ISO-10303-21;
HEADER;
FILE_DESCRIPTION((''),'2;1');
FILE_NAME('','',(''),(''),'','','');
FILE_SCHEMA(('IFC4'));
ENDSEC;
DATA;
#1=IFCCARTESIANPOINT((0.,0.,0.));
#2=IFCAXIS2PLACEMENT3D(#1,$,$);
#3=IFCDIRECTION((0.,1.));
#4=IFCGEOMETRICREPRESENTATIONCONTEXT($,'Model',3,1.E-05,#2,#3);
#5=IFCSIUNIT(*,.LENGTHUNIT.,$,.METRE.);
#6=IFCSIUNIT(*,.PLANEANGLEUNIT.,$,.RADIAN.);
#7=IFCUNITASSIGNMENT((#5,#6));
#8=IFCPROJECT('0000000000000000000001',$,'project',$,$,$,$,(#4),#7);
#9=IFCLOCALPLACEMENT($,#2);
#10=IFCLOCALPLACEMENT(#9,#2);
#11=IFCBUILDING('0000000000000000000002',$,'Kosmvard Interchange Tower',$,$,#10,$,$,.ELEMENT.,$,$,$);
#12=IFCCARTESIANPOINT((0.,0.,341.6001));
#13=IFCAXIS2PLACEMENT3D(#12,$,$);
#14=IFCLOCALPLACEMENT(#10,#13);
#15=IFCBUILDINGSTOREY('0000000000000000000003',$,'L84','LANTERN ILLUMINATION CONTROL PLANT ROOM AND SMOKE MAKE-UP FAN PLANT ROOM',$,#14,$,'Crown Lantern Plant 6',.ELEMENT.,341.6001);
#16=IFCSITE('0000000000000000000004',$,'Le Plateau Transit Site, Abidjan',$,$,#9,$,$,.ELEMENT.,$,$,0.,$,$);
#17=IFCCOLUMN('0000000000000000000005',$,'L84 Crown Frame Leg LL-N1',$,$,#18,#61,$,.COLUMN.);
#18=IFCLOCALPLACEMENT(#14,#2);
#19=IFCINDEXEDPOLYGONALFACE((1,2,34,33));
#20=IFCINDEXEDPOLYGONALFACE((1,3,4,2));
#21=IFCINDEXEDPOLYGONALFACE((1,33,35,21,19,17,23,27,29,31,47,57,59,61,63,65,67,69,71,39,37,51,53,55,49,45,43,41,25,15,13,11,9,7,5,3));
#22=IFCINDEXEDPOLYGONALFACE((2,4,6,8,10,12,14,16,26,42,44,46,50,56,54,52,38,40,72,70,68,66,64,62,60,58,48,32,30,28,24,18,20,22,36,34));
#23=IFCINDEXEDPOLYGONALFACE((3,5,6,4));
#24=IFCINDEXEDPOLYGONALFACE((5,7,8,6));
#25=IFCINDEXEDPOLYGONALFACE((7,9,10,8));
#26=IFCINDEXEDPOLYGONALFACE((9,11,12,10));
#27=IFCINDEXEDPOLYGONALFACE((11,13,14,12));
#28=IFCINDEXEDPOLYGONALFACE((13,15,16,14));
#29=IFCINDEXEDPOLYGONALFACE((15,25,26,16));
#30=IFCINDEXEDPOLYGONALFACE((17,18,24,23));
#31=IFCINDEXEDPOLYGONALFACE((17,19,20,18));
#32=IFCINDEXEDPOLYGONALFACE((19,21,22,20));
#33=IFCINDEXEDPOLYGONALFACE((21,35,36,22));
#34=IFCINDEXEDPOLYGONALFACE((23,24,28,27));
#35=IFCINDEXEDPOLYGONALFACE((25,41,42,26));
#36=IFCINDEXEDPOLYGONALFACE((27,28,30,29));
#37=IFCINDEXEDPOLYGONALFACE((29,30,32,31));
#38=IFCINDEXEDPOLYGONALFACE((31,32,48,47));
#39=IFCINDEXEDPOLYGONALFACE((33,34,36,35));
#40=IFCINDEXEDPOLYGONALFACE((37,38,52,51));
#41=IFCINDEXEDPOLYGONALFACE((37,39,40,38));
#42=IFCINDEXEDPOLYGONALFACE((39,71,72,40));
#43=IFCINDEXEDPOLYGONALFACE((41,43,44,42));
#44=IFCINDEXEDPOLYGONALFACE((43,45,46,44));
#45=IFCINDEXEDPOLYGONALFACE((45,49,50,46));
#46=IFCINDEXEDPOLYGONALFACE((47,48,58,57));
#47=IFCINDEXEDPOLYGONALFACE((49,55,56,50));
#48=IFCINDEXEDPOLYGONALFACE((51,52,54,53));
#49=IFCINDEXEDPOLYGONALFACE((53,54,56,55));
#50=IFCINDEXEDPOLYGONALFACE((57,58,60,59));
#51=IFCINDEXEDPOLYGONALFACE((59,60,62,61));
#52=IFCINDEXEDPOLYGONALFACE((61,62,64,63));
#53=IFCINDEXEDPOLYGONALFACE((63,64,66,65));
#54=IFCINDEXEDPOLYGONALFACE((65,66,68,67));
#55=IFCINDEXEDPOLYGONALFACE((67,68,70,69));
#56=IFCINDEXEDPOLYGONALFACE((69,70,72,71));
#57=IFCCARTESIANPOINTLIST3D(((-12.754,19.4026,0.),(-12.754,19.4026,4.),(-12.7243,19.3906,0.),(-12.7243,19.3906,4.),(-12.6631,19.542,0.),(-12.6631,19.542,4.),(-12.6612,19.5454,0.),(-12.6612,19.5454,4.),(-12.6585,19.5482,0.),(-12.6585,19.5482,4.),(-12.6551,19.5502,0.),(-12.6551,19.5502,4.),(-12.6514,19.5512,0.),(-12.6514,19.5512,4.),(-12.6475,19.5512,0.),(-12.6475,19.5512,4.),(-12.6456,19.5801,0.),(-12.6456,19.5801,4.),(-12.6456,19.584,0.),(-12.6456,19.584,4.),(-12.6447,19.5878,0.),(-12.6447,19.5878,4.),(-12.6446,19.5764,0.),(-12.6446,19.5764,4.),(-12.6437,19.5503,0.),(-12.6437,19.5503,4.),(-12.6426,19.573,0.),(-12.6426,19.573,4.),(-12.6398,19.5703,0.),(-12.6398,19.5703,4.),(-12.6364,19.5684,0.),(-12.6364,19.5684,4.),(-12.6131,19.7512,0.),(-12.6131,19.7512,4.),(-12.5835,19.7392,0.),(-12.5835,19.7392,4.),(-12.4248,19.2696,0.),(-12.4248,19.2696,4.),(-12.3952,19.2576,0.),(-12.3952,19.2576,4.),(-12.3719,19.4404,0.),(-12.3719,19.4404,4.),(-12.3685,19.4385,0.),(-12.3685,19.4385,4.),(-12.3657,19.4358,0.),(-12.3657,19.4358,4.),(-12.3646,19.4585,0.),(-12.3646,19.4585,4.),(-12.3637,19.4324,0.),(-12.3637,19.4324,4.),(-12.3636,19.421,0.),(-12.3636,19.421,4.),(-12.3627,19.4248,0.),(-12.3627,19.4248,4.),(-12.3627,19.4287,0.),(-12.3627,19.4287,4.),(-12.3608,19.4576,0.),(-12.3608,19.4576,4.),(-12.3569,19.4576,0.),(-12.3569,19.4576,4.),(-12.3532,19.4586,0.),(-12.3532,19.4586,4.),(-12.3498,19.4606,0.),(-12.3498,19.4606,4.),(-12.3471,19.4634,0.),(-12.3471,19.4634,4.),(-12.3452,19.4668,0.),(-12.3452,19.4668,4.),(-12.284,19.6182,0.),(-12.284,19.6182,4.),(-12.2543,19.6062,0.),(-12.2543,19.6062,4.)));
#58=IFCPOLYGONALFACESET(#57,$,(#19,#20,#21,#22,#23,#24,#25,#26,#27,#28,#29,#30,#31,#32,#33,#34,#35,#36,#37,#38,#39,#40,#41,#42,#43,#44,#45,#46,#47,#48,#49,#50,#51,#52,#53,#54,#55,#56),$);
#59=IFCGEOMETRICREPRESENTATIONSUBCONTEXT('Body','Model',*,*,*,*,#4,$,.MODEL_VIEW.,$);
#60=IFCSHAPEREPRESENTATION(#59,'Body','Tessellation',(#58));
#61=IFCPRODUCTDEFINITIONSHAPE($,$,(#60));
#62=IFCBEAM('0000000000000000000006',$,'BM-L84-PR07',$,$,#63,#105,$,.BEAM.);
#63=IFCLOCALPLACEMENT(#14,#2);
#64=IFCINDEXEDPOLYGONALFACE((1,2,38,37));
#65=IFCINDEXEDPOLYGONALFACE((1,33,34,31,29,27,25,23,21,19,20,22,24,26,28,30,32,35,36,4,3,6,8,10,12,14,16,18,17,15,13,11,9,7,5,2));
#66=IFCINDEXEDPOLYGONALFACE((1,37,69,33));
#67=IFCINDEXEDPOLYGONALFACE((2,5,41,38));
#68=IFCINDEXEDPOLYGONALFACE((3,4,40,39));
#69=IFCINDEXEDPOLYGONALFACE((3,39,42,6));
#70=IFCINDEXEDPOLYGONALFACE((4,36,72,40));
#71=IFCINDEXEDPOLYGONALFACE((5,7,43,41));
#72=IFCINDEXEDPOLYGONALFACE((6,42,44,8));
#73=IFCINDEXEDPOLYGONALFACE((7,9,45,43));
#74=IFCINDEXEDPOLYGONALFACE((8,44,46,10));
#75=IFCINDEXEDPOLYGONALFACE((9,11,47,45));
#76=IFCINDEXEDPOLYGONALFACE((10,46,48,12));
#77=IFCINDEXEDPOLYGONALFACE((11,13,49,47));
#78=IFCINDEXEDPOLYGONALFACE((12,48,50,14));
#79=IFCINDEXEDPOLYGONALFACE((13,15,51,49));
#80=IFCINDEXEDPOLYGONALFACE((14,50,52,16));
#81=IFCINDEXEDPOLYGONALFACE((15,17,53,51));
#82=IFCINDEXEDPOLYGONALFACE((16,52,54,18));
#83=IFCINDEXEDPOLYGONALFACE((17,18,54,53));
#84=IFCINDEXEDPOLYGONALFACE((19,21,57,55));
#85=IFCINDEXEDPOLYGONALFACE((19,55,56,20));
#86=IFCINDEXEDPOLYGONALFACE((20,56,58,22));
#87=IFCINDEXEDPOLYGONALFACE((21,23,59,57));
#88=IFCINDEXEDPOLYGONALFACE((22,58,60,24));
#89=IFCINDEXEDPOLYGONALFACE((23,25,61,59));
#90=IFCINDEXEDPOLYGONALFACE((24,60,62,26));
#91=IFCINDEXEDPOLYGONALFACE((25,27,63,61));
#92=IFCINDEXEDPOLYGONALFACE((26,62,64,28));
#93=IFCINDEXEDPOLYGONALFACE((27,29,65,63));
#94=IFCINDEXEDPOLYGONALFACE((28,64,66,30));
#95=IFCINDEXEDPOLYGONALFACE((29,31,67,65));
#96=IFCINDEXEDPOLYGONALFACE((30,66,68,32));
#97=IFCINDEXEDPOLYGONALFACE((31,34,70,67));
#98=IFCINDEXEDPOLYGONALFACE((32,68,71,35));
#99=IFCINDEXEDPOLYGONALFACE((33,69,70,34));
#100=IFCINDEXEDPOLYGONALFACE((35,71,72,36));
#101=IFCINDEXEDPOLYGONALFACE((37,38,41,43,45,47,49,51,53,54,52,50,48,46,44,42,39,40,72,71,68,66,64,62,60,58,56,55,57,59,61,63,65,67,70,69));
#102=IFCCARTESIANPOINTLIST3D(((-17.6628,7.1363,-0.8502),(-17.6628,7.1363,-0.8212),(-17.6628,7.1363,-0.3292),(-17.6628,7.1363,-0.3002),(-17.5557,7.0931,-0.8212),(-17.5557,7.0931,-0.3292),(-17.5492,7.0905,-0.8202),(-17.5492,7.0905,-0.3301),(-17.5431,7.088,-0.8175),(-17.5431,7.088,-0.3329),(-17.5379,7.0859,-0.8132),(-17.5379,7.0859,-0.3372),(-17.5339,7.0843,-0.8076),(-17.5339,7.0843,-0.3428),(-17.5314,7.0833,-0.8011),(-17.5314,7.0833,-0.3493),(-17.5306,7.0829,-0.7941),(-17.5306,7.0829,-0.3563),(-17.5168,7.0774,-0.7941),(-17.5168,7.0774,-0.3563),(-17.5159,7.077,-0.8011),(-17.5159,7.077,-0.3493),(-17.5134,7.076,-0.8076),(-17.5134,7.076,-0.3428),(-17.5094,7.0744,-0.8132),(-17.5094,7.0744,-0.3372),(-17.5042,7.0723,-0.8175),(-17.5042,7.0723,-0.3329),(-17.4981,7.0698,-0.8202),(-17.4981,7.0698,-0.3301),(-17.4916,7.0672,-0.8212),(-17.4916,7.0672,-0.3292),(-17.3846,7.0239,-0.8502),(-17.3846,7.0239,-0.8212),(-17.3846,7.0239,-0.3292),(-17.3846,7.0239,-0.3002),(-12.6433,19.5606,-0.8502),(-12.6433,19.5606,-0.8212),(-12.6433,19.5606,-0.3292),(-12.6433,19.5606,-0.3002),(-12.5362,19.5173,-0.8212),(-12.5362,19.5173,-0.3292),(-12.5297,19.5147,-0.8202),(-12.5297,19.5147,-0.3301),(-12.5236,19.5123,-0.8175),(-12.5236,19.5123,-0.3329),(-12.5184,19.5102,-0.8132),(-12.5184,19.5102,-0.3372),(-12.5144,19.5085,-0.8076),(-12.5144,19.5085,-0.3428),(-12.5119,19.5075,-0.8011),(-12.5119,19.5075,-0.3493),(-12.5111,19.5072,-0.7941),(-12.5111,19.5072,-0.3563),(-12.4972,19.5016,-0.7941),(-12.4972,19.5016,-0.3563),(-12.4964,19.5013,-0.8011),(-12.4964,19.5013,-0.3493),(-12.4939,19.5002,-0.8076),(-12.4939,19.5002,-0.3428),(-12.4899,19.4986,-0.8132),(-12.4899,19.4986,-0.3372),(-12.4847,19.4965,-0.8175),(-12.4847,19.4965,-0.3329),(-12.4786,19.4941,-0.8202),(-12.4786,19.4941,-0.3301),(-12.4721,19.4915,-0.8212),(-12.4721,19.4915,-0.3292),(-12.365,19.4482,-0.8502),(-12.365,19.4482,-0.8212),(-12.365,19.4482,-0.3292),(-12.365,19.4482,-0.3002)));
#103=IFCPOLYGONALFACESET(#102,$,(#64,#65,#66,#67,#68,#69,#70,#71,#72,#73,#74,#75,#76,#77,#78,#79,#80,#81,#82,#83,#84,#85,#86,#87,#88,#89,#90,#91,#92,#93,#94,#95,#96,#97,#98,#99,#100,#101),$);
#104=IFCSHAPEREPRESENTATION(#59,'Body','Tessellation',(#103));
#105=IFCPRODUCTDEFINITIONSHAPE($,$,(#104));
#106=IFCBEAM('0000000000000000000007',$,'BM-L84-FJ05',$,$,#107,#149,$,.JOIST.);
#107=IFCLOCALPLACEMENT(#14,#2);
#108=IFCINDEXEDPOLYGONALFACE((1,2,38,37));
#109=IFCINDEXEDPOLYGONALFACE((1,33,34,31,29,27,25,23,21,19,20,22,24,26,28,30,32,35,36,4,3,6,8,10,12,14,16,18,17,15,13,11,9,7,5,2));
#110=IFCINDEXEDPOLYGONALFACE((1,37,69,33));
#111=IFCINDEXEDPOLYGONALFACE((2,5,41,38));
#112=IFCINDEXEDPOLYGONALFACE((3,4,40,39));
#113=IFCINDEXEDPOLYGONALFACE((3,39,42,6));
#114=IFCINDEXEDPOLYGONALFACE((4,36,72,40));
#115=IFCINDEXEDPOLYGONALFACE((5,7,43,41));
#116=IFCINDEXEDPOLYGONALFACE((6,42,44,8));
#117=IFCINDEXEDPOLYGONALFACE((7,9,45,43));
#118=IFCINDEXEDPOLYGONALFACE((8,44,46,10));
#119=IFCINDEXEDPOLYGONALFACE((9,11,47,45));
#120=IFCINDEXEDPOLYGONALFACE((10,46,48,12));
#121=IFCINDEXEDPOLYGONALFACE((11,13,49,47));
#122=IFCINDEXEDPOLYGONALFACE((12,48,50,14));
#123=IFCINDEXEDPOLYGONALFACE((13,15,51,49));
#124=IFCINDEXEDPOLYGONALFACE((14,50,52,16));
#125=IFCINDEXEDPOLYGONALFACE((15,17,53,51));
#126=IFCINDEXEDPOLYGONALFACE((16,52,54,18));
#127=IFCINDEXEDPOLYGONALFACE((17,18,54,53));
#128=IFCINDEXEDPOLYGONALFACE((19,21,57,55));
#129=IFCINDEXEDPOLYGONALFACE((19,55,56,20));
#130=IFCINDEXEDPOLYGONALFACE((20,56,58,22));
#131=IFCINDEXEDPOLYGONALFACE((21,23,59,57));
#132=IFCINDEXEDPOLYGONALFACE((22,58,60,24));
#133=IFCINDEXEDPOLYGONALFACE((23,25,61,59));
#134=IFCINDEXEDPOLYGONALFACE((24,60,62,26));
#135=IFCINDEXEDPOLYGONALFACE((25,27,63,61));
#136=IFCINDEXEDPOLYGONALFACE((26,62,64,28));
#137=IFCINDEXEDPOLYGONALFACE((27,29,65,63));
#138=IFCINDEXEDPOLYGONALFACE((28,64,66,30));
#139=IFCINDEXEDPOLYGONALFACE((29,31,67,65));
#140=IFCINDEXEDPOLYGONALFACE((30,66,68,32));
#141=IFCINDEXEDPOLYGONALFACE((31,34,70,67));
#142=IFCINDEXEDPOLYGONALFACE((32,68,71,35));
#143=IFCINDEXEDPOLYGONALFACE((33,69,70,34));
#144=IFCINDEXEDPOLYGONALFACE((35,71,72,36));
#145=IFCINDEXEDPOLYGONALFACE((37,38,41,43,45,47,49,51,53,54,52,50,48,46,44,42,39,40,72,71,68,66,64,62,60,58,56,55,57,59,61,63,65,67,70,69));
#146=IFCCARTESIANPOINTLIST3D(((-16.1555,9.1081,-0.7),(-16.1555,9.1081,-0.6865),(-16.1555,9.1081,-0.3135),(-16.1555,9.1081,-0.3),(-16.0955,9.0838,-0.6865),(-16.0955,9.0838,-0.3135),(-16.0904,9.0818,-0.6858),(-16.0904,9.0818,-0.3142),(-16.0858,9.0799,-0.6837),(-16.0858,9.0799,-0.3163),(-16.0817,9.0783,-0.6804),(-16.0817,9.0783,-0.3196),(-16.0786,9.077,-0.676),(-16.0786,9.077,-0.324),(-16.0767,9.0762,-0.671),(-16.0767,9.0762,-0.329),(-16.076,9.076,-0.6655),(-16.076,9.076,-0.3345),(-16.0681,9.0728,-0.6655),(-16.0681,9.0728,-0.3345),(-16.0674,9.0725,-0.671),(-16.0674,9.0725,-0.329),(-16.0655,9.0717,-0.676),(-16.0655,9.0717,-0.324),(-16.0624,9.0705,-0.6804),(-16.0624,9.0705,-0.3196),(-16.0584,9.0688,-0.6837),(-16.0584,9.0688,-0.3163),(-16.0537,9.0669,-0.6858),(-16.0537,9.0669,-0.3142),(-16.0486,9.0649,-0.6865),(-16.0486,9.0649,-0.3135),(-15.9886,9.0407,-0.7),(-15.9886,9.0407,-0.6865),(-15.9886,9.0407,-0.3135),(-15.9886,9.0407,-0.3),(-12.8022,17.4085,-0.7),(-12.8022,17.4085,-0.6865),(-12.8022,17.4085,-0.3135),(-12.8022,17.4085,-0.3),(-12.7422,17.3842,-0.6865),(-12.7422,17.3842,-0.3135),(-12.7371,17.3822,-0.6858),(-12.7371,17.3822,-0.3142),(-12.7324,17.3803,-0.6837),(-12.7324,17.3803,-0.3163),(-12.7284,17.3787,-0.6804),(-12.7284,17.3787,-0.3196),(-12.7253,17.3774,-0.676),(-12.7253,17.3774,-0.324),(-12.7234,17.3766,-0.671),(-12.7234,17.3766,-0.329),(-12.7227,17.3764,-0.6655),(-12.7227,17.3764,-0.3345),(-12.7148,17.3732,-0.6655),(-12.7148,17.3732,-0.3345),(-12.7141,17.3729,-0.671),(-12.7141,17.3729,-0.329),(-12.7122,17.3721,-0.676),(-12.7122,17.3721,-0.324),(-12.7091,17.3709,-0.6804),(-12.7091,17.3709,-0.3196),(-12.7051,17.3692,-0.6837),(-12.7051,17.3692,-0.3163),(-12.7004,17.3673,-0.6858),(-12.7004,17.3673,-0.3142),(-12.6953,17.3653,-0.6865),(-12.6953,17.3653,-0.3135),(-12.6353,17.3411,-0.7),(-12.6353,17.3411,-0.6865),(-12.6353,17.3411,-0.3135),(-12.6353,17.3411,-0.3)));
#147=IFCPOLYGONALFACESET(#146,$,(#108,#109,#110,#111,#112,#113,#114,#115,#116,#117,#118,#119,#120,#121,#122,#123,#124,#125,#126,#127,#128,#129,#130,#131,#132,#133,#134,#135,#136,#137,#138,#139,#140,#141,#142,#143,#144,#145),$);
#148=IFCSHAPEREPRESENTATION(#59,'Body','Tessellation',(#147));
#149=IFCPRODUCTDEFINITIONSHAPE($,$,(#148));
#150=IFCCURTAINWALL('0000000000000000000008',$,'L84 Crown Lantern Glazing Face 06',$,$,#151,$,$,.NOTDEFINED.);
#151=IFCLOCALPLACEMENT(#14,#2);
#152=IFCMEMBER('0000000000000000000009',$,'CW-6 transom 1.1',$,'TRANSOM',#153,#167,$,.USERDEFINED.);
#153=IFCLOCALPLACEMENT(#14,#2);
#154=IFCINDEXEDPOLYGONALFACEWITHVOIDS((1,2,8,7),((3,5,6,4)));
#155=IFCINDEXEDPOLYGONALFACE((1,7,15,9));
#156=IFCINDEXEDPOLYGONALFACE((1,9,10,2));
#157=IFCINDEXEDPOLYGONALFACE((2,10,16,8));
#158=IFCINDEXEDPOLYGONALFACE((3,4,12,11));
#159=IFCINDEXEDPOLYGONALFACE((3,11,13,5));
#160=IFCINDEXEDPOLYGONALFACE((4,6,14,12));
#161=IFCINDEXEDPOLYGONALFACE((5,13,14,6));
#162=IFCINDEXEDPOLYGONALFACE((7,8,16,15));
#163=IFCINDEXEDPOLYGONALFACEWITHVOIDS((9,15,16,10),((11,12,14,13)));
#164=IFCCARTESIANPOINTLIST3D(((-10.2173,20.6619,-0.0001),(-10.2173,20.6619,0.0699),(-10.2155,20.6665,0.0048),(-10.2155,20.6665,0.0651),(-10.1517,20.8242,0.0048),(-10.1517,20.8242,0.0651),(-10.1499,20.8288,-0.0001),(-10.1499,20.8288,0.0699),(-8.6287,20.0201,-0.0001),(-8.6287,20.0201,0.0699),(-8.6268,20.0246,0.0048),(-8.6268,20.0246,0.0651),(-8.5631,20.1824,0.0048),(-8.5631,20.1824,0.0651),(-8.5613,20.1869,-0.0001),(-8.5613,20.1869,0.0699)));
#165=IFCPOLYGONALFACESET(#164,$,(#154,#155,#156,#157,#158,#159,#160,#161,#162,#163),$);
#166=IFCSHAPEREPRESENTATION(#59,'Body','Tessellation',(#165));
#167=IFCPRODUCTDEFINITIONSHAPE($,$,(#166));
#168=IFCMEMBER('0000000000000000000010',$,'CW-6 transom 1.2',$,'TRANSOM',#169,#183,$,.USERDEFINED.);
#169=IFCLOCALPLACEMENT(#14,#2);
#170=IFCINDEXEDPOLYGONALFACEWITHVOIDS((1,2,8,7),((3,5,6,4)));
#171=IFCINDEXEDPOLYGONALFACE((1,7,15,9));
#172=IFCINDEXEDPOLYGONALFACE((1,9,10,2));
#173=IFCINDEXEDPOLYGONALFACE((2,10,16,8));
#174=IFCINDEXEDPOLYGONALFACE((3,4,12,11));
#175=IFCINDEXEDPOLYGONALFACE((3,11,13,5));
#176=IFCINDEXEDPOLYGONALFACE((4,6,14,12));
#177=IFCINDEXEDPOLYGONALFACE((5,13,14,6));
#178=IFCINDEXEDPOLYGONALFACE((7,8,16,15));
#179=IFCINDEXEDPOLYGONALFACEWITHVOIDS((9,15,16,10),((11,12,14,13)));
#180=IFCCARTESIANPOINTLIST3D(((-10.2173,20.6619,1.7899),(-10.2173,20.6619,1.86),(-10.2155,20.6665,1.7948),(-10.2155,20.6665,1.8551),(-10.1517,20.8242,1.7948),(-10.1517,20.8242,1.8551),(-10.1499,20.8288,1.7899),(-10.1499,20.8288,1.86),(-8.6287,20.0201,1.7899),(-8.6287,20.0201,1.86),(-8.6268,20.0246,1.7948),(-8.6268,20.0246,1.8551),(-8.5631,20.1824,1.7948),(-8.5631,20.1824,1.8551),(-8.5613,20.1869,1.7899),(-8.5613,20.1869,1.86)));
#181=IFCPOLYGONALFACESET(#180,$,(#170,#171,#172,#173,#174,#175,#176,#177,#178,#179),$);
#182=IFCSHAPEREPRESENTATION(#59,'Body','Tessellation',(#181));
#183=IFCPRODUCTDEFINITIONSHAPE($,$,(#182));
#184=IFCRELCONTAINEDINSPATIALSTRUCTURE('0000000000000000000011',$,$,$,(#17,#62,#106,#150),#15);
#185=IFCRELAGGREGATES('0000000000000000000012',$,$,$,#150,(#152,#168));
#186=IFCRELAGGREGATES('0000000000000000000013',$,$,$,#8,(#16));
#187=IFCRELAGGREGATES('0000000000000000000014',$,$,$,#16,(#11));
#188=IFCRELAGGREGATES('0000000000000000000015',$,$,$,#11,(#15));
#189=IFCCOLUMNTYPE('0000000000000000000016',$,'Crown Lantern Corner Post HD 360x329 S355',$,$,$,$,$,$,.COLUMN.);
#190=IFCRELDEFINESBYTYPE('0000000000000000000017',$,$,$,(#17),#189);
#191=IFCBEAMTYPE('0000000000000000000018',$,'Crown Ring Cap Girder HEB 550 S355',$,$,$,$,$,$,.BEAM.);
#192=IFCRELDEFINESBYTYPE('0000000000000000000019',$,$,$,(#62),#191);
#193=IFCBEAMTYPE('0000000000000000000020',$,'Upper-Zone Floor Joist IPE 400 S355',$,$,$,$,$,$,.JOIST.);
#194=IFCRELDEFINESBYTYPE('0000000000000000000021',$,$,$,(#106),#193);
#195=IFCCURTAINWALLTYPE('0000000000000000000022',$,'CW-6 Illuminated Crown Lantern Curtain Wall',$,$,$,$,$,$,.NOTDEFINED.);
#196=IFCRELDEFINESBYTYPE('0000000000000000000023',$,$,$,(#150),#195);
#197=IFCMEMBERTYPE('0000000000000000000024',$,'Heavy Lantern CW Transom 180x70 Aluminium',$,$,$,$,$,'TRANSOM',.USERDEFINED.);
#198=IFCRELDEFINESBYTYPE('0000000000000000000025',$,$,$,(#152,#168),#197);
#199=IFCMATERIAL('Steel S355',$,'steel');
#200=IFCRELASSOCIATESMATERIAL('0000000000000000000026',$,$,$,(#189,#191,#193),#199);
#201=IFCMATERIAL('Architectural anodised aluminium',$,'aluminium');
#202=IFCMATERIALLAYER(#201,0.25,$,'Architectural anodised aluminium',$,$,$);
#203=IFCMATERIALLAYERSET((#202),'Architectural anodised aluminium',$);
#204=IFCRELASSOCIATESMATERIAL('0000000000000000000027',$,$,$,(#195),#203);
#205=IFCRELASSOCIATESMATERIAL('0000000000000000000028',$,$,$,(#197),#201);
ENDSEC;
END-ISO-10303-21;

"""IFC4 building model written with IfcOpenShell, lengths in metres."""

from ifc_helpers import new_model, si_unit, direction, frame, origin, origin_2d, place, context, subcontext, project, spatial, hollow_rectangle, i_section, extrude, source, transform, mapped, material, layer, layer_set, material_profile, profile_set, type_object, element, aggregate, save


model = new_model("IFC4")

# Units and contexts
model_context = context("Model", 3, precision=1e-05, world=origin(), true_north=direction((0.0, 1.0)))
body_context = subcontext(model_context, "Body", "Model", "MODEL_VIEW")
ifc_project = project(units=[si_unit("LENGTHUNIT", "METRE"), si_unit("PLANEANGLEUNIT", "RADIAN")], contexts=[model_context])

# Site, building, storey
site_placement = place(None, origin())
site = spatial("IfcSite", under=ifc_project, at=site_placement, Name="Le Plateau Transit Site, Abidjan", CompositionType="ELEMENT", RefElevation=0.0)
building_placement = place(site_placement, origin())
building = spatial("IfcBuilding", under=site, at=building_placement, Name="Kosmvard Interchange Tower", CompositionType="ELEMENT")
storey_placement = place(building_placement, frame((0.0, 0.0, 341.6001)))
storey = spatial("IfcBuildingStorey", under=building, at=storey_placement, Name="L84", Description="LANTERN ILLUMINATION CONTROL PLANT ROOM AND SMOKE MAKE-UP FAN PLANT ROOM", LongName="Crown Lantern Plant 6", CompositionType="ELEMENT", Elevation=341.6001)

# Column
ifc_material_1 = material(Name="Steel S355", Category="steel")
ifc_material_profile_1 = material_profile(ifc_material_1, i_section(OverallWidth=0.376, OverallDepth=0.387, WebThickness=0.0195, FlangeThickness=0.032, FilletRadius=0.0149, at=origin_2d()), Name="HD 360x329")
ifc_profile_set_1 = profile_set([ifc_material_profile_1], Name="Steel S355")
column_type = type_object("IfcColumnType", Name="Crown Lantern Corner Post HD 360x329 S355", PredefinedType="COLUMN", material=ifc_profile_set_1)
shared_shape_1 = source(origin(), body_context, "Body", "SweptSolid", [
    extrude(i_section(OverallWidth=0.376, OverallDepth=0.387, WebThickness=0.0195, FlangeThickness=0.032, FilletRadius=0.0149, at=origin_2d()), origin(), (0.0, 0.0, 1.0), 4.0),
])
column_placement = place(storey_placement, frame((-12.5042, 19.5044, 0.0), z_axis=(0.0, 0.0, 1.0), x_axis=(0.374607, 0.927184, 0.0)))
element("IfcColumn", 1, at=column_placement, inside=storey, type_object=column_type, Name="L84 Crown Frame Leg LL-N1", PredefinedType="COLUMN", context=body_context, shape_type="MappedRepresentation", body=[
    mapped(shared_shape_1, transform((0.0, 0.0, 0.0), scale=1.0)),
])

# Beams
ifc_material_profile_2 = material_profile(ifc_material_1, i_section(OverallWidth=0.3, OverallDepth=0.55, WebThickness=0.0149, FlangeThickness=0.0291, FilletRadius=0.0271, at=origin_2d()), Name="HEB 550")
ifc_profile_set_2 = profile_set([ifc_material_profile_2], Name="Steel S355")
beam_type_1 = type_object("IfcBeamType", Name="Crown Ring Cap Girder HEB 550 S355", PredefinedType="BEAM", material=ifc_profile_set_2)
shared_shape_2 = source(origin(), body_context, "Body", "SweptSolid", [
    extrude(i_section(OverallWidth=0.3, OverallDepth=0.55, WebThickness=0.0149, FlangeThickness=0.0291, FilletRadius=0.0271, at=origin_2d()), origin(), (0.0, 0.0, 1.0), 13.3999),
])
beam_1_placement = place(storey_placement, frame((-12.5042, 19.5044, -0.5752), z_axis=(-0.374593, -0.92719, 0.0), x_axis=(0.92719, -0.374593, 0.0)))
element("IfcBeam", 2, at=beam_1_placement, inside=storey, type_object=beam_type_1, Name="BM-L84-PR07", PredefinedType="BEAM", context=body_context, shape_type="MappedRepresentation", body=[
    mapped(shared_shape_2, transform((0.0, 0.0, 0.0), scale=1.0)),
])
ifc_material_profile_3 = material_profile(ifc_material_1, i_section(OverallWidth=0.1799, OverallDepth=0.3999, WebThickness=0.0085, FlangeThickness=0.0134, FilletRadius=0.021, at=origin_2d()), Name="IPE 400")
ifc_profile_set_3 = profile_set([ifc_material_profile_3], Name="Steel S355")
beam_type_2 = type_object("IfcBeamType", Name="Upper-Zone Floor Joist IPE 400 S355", PredefinedType="JOIST", material=ifc_profile_set_3)
shared_shape_3 = source(origin(), body_context, "Body", "SweptSolid", [
    extrude(i_section(OverallWidth=0.1799, OverallDepth=0.3999, WebThickness=0.0085, FlangeThickness=0.0134, FilletRadius=0.021, at=origin_2d()), origin(), (0.0, 0.0, 1.0), 8.9521),
])
beam_2_placement = place(storey_placement, frame((-12.7188, 17.3748, -0.5), z_axis=(-0.374581, -0.927194, 0.0), x_axis=(0.927194, -0.374581, 0.0)))
element("IfcBeam", 3, at=beam_2_placement, inside=storey, type_object=beam_type_2, Name="BM-L84-FJ05", PredefinedType="JOIST", context=body_context, shape_type="MappedRepresentation", body=[
    mapped(shared_shape_3, transform((0.0, 0.0, 0.0), scale=1.0)),
])

# Curtain wall, members
ifc_material_2 = material(Name="Architectural anodised aluminium", Category="aluminium")
ifc_layer_1 = layer(ifc_material_2, 0.25, Name="Architectural anodised aluminium")
ifc_layer_set_1 = layer_set([ifc_layer_1], Name="Architectural anodised aluminium")
curtain_wall_type = type_object("IfcCurtainWallType", Name="CW-6 Illuminated Crown Lantern Curtain Wall", PredefinedType="NOTDEFINED", material=ifc_layer_set_1)
curtain_wall_placement = place(storey_placement, origin())
curtain_wall = element("IfcCurtainWall", 4, at=curtain_wall_placement, inside=storey, type_object=curtain_wall_type, Name="L84 Crown Lantern Glazing Face 06", PredefinedType="NOTDEFINED")
ifc_material_profile_4 = material_profile(ifc_material_2, hollow_rectangle(XDim=0.1799, YDim=0.0701, WallThickness=0.0049, at=origin_2d()), Name="CWT 180x70x5")
ifc_profile_set_4 = profile_set([ifc_material_profile_4], Name="Architectural anodised aluminium")
member_type_1 = type_object("IfcMemberType", Name="Heavy Lantern CW Transom 180x70 Aluminium", ElementType="TRANSOM", PredefinedType="USERDEFINED", material=ifc_profile_set_4)
shared_shape_4 = source(origin(), body_context, "Body", "SweptSolid", [
    extrude(hollow_rectangle(XDim=0.1799, YDim=0.0701, WallThickness=0.0049, at=origin_2d()), origin(), (0.0, 0.0, 1.0), 1.7134),
])
member_1_placement = place(storey_placement, frame((-8.595, 20.1035, 0.0349), z_axis=(-0.927184, 0.374607, 0.0), x_axis=(-0.374607, -0.927184, 0.0)))
member_1 = element("IfcMember", 5, at=member_1_placement, type_object=member_type_1, Name="CW-6 transom 1.1", ObjectType="TRANSOM", PredefinedType="USERDEFINED", context=body_context, shape_type="MappedRepresentation", body=[
    mapped(shared_shape_4, transform((0.0, 0.0, 0.0), scale=1.0)),
])
member_2_placement = place(storey_placement, frame((-8.595, 20.1035, 1.825), z_axis=(-0.927184, 0.374607, 0.0), x_axis=(-0.374607, -0.927184, 0.0)))
member_2 = element("IfcMember", 6, at=member_2_placement, type_object=member_type_1, Name="CW-6 transom 1.2", ObjectType="TRANSOM", PredefinedType="USERDEFINED", context=body_context, shape_type="MappedRepresentation", body=[
    mapped(shared_shape_4, transform((0.0, 0.0, 0.0), scale=1.0)),
])

aggregate(curtain_wall, [member_1, member_2])

save(model, "model.ifc")
